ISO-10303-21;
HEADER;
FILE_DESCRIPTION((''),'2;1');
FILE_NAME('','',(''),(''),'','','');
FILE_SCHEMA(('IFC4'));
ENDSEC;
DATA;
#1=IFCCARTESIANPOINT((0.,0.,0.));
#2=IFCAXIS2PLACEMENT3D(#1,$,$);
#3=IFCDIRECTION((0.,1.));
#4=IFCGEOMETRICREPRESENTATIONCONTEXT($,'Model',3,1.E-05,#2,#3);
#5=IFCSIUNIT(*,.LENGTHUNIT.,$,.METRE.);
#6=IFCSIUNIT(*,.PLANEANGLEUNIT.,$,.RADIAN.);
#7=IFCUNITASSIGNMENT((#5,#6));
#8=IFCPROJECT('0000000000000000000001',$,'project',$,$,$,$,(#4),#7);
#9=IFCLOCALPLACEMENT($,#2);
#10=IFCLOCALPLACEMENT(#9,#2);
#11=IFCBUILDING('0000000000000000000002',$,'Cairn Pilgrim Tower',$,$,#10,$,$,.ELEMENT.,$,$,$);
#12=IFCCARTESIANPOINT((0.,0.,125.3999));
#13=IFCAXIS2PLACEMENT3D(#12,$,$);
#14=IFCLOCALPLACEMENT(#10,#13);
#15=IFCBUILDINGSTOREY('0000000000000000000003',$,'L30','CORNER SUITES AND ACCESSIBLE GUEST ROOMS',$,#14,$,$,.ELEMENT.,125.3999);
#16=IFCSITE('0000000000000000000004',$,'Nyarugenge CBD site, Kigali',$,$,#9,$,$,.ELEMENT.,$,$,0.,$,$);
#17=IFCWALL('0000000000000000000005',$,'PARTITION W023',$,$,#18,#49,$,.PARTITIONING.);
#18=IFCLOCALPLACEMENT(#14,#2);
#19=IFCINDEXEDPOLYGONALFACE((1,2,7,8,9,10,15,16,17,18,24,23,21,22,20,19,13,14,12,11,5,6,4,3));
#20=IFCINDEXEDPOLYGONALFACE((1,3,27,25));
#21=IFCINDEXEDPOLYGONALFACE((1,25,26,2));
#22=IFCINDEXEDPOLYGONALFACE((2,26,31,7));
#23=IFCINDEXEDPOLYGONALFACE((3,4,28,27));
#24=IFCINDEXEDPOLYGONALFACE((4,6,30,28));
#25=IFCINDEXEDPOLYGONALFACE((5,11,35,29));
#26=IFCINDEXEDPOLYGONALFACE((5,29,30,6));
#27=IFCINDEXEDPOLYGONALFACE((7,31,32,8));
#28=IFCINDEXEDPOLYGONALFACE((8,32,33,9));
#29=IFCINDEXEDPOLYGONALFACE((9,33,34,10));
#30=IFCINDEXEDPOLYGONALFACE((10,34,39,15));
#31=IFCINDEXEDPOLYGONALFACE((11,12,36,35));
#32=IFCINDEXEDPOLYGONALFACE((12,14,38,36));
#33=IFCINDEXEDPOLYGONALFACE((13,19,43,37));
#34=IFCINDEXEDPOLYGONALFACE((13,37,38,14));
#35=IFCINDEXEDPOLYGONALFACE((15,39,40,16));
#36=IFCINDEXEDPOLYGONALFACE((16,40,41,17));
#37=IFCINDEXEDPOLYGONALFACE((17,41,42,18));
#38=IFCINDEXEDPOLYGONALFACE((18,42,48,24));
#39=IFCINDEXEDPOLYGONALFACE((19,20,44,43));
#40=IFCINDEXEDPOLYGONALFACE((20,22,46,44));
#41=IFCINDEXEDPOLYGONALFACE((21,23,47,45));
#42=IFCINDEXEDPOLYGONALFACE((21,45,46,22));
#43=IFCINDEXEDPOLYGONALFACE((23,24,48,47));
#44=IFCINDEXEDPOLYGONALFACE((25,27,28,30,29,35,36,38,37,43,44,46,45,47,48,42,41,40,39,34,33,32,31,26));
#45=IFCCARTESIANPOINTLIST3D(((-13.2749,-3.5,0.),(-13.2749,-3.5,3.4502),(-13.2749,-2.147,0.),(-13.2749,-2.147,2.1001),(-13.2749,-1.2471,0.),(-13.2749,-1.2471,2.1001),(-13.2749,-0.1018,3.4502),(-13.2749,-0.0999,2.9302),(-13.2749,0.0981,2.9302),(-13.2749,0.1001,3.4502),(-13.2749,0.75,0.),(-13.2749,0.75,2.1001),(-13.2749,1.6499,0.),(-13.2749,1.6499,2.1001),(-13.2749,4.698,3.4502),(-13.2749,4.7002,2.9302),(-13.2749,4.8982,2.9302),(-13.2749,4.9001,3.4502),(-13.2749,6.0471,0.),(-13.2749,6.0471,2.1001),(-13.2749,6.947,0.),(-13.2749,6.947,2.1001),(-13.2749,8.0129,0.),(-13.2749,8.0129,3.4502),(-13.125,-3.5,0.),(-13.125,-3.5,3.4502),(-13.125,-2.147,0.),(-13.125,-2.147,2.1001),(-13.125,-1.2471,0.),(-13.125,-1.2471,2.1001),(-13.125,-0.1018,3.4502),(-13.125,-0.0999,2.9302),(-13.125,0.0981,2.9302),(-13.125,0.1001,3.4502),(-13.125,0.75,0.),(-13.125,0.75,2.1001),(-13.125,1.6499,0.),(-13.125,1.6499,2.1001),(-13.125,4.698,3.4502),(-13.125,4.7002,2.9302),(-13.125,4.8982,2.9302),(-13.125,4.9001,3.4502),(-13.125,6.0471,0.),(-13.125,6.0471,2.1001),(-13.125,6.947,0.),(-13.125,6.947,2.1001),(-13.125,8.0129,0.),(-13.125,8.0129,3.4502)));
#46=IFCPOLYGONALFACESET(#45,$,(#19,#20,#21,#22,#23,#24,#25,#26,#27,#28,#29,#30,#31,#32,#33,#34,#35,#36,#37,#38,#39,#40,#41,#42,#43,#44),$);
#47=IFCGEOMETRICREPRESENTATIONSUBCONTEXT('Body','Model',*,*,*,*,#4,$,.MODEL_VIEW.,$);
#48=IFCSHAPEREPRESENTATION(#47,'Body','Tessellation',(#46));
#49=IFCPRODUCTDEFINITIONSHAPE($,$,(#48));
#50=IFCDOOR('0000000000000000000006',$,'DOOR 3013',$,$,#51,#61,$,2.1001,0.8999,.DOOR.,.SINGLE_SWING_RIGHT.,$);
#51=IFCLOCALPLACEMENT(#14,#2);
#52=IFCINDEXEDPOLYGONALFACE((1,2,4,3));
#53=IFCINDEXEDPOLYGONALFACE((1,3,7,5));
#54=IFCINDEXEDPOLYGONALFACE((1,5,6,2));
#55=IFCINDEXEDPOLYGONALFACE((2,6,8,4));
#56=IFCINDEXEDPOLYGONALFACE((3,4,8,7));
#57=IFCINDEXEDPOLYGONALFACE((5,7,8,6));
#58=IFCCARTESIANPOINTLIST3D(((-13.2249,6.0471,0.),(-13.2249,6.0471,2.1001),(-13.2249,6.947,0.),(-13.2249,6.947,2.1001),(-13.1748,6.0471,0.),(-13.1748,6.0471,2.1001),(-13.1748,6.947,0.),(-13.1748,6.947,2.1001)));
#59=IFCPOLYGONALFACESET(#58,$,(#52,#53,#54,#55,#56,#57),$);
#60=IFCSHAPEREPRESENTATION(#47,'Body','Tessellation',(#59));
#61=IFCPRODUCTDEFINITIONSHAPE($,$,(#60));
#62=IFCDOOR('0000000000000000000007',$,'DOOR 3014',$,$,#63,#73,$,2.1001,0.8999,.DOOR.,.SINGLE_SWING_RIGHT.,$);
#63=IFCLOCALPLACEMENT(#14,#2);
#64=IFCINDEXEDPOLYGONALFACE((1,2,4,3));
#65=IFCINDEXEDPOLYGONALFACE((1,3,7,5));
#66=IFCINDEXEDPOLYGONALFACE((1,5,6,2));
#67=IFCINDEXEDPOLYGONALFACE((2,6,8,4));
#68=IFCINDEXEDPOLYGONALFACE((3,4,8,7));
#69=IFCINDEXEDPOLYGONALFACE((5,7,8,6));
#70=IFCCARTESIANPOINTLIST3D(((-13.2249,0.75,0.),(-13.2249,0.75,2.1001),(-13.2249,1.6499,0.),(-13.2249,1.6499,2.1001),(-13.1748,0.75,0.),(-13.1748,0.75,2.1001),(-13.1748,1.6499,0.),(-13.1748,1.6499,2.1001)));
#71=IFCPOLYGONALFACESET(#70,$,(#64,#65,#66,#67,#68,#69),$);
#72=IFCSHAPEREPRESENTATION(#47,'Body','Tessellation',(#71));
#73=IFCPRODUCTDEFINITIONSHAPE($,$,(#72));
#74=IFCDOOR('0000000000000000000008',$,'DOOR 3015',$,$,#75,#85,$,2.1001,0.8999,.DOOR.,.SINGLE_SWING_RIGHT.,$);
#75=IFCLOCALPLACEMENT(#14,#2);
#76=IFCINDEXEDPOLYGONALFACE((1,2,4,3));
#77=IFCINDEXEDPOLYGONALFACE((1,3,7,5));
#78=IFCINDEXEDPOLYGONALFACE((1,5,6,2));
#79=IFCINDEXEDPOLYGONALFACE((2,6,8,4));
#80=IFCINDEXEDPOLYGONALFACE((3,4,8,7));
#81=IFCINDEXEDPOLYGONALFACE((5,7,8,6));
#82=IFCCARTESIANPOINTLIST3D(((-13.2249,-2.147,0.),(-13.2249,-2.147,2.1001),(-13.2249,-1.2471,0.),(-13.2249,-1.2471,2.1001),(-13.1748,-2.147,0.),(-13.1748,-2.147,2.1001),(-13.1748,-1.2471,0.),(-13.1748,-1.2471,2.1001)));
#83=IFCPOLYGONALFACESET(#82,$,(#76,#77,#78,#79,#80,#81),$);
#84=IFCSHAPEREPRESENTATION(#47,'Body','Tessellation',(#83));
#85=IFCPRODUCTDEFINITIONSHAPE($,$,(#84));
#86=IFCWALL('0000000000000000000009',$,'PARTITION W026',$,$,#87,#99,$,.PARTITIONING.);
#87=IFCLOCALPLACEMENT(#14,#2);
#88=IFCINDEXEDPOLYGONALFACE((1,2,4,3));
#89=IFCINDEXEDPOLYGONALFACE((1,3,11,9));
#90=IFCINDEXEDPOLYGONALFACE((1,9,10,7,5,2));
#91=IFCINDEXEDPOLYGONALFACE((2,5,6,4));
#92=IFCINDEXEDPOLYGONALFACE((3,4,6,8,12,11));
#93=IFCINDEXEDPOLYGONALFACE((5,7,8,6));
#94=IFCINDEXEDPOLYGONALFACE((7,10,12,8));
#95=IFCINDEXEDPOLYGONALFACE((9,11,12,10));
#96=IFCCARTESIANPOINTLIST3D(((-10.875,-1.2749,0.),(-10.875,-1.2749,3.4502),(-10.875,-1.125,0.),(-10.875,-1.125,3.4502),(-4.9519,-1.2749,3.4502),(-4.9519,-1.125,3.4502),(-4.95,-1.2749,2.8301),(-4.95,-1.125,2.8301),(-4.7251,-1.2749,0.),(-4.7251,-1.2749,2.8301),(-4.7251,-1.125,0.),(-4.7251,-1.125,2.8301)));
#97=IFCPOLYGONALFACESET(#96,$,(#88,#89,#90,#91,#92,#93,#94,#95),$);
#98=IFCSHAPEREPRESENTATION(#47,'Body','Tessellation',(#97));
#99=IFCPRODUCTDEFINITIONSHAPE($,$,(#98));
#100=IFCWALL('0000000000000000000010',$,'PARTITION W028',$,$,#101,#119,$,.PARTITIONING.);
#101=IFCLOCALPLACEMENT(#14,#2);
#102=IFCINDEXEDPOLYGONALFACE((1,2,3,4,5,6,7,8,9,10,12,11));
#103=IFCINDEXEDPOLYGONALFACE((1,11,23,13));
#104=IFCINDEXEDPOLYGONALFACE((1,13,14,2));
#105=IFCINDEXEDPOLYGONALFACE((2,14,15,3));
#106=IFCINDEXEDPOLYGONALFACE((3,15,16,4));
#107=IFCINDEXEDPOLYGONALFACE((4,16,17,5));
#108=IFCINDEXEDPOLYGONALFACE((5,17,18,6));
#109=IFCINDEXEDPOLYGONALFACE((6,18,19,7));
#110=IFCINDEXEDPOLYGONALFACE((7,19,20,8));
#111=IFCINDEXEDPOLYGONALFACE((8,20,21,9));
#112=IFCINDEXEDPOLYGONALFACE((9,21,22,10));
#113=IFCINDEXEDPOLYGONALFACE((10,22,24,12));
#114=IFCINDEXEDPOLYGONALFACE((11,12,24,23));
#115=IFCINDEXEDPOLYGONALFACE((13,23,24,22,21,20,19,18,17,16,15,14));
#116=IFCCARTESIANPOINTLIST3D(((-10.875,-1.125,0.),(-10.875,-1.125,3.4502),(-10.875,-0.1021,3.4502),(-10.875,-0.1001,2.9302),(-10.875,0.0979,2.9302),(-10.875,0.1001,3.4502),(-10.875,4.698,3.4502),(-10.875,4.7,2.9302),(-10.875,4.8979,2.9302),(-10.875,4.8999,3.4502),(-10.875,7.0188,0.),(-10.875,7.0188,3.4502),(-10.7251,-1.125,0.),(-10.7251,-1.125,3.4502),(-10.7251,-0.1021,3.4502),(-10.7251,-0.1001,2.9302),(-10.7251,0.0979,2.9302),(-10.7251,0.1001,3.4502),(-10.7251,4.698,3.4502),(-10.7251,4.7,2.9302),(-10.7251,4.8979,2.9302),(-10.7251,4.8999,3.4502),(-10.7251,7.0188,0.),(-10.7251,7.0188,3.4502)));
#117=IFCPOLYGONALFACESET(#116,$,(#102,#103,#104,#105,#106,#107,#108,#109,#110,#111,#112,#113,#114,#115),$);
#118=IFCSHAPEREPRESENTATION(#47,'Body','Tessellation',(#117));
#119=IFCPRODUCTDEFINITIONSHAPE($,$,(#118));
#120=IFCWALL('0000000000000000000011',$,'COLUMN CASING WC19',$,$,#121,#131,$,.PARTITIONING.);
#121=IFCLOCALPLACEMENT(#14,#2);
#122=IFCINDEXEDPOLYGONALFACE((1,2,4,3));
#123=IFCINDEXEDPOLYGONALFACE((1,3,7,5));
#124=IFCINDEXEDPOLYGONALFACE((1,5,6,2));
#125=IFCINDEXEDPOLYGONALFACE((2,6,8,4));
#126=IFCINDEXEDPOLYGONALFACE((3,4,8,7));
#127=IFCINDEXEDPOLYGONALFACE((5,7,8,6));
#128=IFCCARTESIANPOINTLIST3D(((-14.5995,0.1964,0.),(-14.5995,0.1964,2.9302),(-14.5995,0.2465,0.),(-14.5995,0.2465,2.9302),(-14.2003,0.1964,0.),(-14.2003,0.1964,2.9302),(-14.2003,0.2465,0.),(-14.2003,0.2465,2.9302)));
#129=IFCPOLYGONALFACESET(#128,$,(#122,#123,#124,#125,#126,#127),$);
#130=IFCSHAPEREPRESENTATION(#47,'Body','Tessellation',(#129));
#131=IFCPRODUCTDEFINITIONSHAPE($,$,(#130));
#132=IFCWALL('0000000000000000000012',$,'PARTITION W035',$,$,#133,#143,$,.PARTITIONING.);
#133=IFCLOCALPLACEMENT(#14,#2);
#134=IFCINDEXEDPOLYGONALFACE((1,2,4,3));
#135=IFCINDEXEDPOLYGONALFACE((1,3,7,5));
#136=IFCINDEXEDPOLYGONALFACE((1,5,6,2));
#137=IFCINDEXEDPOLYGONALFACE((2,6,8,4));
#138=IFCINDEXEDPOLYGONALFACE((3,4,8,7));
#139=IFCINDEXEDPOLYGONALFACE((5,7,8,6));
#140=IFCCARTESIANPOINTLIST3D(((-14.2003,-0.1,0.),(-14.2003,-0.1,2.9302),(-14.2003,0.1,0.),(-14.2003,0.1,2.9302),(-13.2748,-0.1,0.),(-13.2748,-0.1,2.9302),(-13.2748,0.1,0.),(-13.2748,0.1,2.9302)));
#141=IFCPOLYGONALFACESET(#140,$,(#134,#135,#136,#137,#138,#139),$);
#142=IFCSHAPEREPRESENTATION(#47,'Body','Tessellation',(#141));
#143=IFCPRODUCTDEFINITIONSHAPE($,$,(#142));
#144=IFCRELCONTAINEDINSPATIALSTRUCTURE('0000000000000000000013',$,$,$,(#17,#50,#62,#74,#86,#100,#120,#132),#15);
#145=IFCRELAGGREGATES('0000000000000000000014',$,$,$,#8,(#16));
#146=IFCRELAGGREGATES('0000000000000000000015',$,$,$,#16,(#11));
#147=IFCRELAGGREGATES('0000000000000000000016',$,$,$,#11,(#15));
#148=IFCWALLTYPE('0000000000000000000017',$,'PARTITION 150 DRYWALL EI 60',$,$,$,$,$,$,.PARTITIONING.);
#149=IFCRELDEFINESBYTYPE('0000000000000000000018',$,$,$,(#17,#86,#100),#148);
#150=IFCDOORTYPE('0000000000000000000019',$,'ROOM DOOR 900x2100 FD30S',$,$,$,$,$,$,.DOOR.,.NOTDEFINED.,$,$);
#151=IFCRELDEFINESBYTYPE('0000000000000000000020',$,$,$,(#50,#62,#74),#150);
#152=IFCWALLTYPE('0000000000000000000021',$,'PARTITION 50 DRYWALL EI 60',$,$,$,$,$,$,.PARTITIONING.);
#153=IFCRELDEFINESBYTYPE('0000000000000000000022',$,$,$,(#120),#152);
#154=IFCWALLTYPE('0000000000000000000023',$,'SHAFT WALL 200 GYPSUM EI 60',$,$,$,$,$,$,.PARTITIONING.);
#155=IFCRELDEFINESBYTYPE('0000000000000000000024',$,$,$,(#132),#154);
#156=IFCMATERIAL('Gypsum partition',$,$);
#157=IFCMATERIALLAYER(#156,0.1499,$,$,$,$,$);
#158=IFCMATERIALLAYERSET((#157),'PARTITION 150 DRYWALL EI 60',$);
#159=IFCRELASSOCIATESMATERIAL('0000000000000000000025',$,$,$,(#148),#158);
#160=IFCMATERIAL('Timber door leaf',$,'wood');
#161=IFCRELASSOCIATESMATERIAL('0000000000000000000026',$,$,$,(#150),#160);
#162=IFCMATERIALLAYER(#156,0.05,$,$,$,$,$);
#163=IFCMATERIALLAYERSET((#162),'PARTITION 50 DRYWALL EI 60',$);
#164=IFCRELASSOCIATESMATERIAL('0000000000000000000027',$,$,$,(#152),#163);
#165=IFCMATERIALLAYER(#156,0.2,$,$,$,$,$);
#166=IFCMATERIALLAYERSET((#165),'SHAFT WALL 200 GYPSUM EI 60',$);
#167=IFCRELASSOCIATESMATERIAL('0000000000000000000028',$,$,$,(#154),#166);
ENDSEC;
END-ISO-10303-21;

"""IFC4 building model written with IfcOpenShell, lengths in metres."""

from ifc_helpers import new_model, si_unit, direction, frame, frame_2d, origin, place, context, subcontext, project, spatial, polyline, rectangle, outline, extrude, material, layer, layer_set, type_object, element, fill, save


model = new_model("IFC4")

# Units and contexts
model_context = context("Model", 3, precision=1e-05, world=origin(), true_north=direction((0.0, 1.0)))
body_context = subcontext(model_context, "Body", "Model", "MODEL_VIEW")
ifc_project = project(units=[si_unit("LENGTHUNIT", "METRE"), si_unit("PLANEANGLEUNIT", "RADIAN")], contexts=[model_context])

# Site, building, storey
site_placement = place(None, origin())
site = spatial("IfcSite", under=ifc_project, at=site_placement, Name="Nyarugenge CBD site, Kigali", CompositionType="ELEMENT", RefElevation=0.0)
building_placement = place(site_placement, origin())
building = spatial("IfcBuilding", under=site, at=building_placement, Name="Cairn Pilgrim Tower", CompositionType="ELEMENT")
storey_placement = place(building_placement, frame((0.0, 0.0, 125.3999)))
storey = spatial("IfcBuildingStorey", under=building, at=storey_placement, Name="L30", Description="CORNER SUITES AND ACCESSIBLE GUEST ROOMS", CompositionType="ELEMENT", Elevation=125.3999)

# Shared definitions
ifc_material_1 = material(Name="Gypsum partition")

# Shared definitions
ifc_material_2 = material(Name="Timber door leaf", Category="wood")

# Shared definitions
ifc_layer_1 = layer(ifc_material_1, 0.1499)
ifc_layer_set_1 = layer_set([ifc_layer_1], Name="PARTITION 150 DRYWALL EI 60")
wall_type_1 = type_object("IfcWallType", Name="PARTITION 150 DRYWALL EI 60", PredefinedType="PARTITIONING", material=ifc_layer_set_1)

# Wall, openings, doors
wall_1_placement = place(storey_placement, frame((-13.2, -3.5, 0.0), z_axis=(0.0, 0.0, 1.0), x_axis=(0.0, 1.0, 0.0)))
wall_1 = element("IfcWall", 1, at=wall_1_placement, inside=storey, type_object=wall_type_1, Name="PARTITION W023", PredefinedType="PARTITIONING", context=body_context, shape_type="SweptSolid", body=[
    extrude(outline(polyline([(0.0, 0.0), (11.5129, 0.0), (11.5129, 3.4502), (8.4001, 3.4502), (8.3982, 2.9302), (8.2002, 2.9302), (8.198, 3.4502), (3.6001, 3.4502), (3.5981, 2.9302), (3.4001, 2.9302), (3.3982, 3.4502), (0.0, 3.4502), (0.0, 0.0)])), frame((0.0, 0.075, 0.0), z_axis=(0.0, -1.0, 0.0), x_axis=(1.0, 0.0, 0.0)), (0.0, 0.0, 1.0), 0.1499),
])
opening_1_placement = place(wall_1_placement, frame((9.5471, 0.0, 0.0)))
opening_1 = element("IfcOpeningElement", 2, at=opening_1_placement, cuts=wall_1, PredefinedType="OPENING", context=body_context, shape_type="SweptSolid", body=[
    extrude(rectangle(XDim=0.8999, YDim=2.1001, at=frame_2d((0.45, 1.05))), frame((0.0, 0.085, 0.0), z_axis=(0.0, -1.0, 0.0), x_axis=(1.0, 0.0, 0.0)), (0.0, 0.0, 1.0), 0.1699),
])
opening_2_placement = place(wall_1_placement, frame((4.25, 0.0, 0.0)))
opening_2 = element("IfcOpeningElement", 3, at=opening_2_placement, cuts=wall_1, PredefinedType="OPENING", context=body_context, shape_type="SweptSolid", body=[
    extrude(rectangle(XDim=0.8999, YDim=2.1001, at=frame_2d((0.45, 1.05))), frame((0.0, 0.085, 0.0), z_axis=(0.0, -1.0, 0.0), x_axis=(1.0, 0.0, 0.0)), (0.0, 0.0, 1.0), 0.1699),
])
opening_3_placement = place(wall_1_placement, frame((1.353, 0.0, 0.0)))
opening_3 = element("IfcOpeningElement", 4, at=opening_3_placement, cuts=wall_1, PredefinedType="OPENING", context=body_context, shape_type="SweptSolid", body=[
    extrude(rectangle(XDim=0.8999, YDim=2.1001, at=frame_2d((0.45, 1.05))), frame((0.0, 0.085, 0.0), z_axis=(0.0, -1.0, 0.0), x_axis=(1.0, 0.0, 0.0)), (0.0, 0.0, 1.0), 0.1699),
])
door_type_1 = type_object("IfcDoorType", Name="ROOM DOOR 900x2100 FD30S", OperationType="NOTDEFINED", PredefinedType="DOOR", material=ifc_material_2)
door_1_placement = place(opening_1_placement, origin())
door_1 = element("IfcDoor", 5, at=door_1_placement, inside=storey, type_object=door_type_1, Name="DOOR 3013", OperationType="SINGLE_SWING_RIGHT", OverallHeight=2.1001, OverallWidth=0.8999, PredefinedType="DOOR", context=body_context, shape_type="SweptSolid", body=[
    extrude(rectangle(XDim=0.8999, YDim=2.1001, at=frame_2d((0.45, 1.05))), frame((0.0, 0.0249, 0.0), z_axis=(0.0, -1.0, 0.0), x_axis=(1.0, 0.0, 0.0)), (0.0, 0.0, 1.0), 0.05),
])
fill(opening_1, door_1)
door_2_placement = place(opening_2_placement, origin())
door_2 = element("IfcDoor", 6, at=door_2_placement, inside=storey, type_object=door_type_1, Name="DOOR 3014", OperationType="SINGLE_SWING_RIGHT", OverallHeight=2.1001, OverallWidth=0.8999, PredefinedType="DOOR", context=body_context, shape_type="SweptSolid", body=[
    extrude(rectangle(XDim=0.8999, YDim=2.1001, at=frame_2d((0.45, 1.05))), frame((0.0, 0.0249, 0.0), z_axis=(0.0, -1.0, 0.0), x_axis=(1.0, 0.0, 0.0)), (0.0, 0.0, 1.0), 0.05),
])
fill(opening_2, door_2)
door_3_placement = place(opening_3_placement, origin())
door_3 = element("IfcDoor", 7, at=door_3_placement, inside=storey, type_object=door_type_1, Name="DOOR 3015", OperationType="SINGLE_SWING_RIGHT", OverallHeight=2.1001, OverallWidth=0.8999, PredefinedType="DOOR", context=body_context, shape_type="SweptSolid", body=[
    extrude(rectangle(XDim=0.8999, YDim=2.1001, at=frame_2d((0.45, 1.05))), frame((0.0, 0.0249, 0.0), z_axis=(0.0, -1.0, 0.0), x_axis=(1.0, 0.0, 0.0)), (0.0, 0.0, 1.0), 0.05),
])
fill(opening_3, door_3)

# Walls
wall_2_placement = place(storey_placement, frame((-10.875, -1.2, 0.0), z_axis=(0.0, 0.0, 1.0), x_axis=(1.0, 0.0, 0.0)))
element("IfcWall", 8, at=wall_2_placement, inside=storey, type_object=wall_type_1, Name="PARTITION W026", PredefinedType="PARTITIONING", context=body_context, shape_type="SweptSolid", body=[
    extrude(outline(polyline([(0.0, 0.0), (6.1499, 0.0), (6.1499, 2.8301), (5.925, 2.8301), (5.9231, 3.4502), (0.0, 3.4502), (0.0, 0.0)])), frame((0.0, 0.075, 0.0), z_axis=(0.0, -1.0, 0.0), x_axis=(1.0, 0.0, 0.0)), (0.0, 0.0, 1.0), 0.1499),
])
wall_3_placement = place(storey_placement, frame((-10.8, -1.125, 0.0), z_axis=(0.0, 0.0, 1.0), x_axis=(0.0, 1.0, 0.0)))
element("IfcWall", 9, at=wall_3_placement, inside=storey, type_object=wall_type_1, Name="PARTITION W028", PredefinedType="PARTITIONING", context=body_context, shape_type="SweptSolid", body=[
    extrude(outline(polyline([(0.0, 0.0), (8.1438, 0.0), (8.1438, 3.4502), (6.0249, 3.4502), (6.0229, 2.9302), (5.825, 2.9302), (5.823, 3.4502), (1.2251, 3.4502), (1.2229, 2.9302), (1.0249, 2.9302), (1.0229, 3.4502), (0.0, 3.4502), (0.0, 0.0)])), frame((0.0, 0.075, 0.0), z_axis=(0.0, -1.0, 0.0), x_axis=(1.0, 0.0, 0.0)), (0.0, 0.0, 1.0), 0.1499),
])
ifc_layer_2 = layer(ifc_material_1, 0.05)
ifc_layer_set_2 = layer_set([ifc_layer_2], Name="PARTITION 50 DRYWALL EI 60")
wall_type_2 = type_object("IfcWallType", Name="PARTITION 50 DRYWALL EI 60", PredefinedType="PARTITIONING", material=ifc_layer_set_2)
wall_4_placement = place(storey_placement, frame((-14.5996, 0.2214, 0.0), z_axis=(0.0, 0.0, 1.0), x_axis=(1.0, 0.0, 0.0)))
element("IfcWall", 10, at=wall_4_placement, inside=storey, type_object=wall_type_2, Name="COLUMN CASING WC19", PredefinedType="PARTITIONING", context=body_context, shape_type="SweptSolid", body=[
    extrude(rectangle(XDim=0.3992, YDim=0.05, at=frame_2d((0.1997, 0.0))), origin(), (0.0, 0.0, 1.0), 2.9302),
])
ifc_layer_3 = layer(ifc_material_1, 0.2)
ifc_layer_set_3 = layer_set([ifc_layer_3], Name="SHAFT WALL 200 GYPSUM EI 60")
wall_type_3 = type_object("IfcWallType", Name="SHAFT WALL 200 GYPSUM EI 60", PredefinedType="PARTITIONING", material=ifc_layer_set_3)
wall_5_placement = place(storey_placement, frame((-14.2004, 0.0, 0.0), z_axis=(0.0, 0.0, 1.0), x_axis=(1.0, 0.0, 0.0)))
element("IfcWall", 11, at=wall_5_placement, inside=storey, type_object=wall_type_3, Name="PARTITION W035", PredefinedType="PARTITIONING", context=body_context, shape_type="SweptSolid", body=[
    extrude(rectangle(XDim=0.9255, YDim=0.2, at=frame_2d((0.4629, 0.0))), origin(), (0.0, 0.0, 1.0), 2.9302),
])

save(model, "model.ifc")
